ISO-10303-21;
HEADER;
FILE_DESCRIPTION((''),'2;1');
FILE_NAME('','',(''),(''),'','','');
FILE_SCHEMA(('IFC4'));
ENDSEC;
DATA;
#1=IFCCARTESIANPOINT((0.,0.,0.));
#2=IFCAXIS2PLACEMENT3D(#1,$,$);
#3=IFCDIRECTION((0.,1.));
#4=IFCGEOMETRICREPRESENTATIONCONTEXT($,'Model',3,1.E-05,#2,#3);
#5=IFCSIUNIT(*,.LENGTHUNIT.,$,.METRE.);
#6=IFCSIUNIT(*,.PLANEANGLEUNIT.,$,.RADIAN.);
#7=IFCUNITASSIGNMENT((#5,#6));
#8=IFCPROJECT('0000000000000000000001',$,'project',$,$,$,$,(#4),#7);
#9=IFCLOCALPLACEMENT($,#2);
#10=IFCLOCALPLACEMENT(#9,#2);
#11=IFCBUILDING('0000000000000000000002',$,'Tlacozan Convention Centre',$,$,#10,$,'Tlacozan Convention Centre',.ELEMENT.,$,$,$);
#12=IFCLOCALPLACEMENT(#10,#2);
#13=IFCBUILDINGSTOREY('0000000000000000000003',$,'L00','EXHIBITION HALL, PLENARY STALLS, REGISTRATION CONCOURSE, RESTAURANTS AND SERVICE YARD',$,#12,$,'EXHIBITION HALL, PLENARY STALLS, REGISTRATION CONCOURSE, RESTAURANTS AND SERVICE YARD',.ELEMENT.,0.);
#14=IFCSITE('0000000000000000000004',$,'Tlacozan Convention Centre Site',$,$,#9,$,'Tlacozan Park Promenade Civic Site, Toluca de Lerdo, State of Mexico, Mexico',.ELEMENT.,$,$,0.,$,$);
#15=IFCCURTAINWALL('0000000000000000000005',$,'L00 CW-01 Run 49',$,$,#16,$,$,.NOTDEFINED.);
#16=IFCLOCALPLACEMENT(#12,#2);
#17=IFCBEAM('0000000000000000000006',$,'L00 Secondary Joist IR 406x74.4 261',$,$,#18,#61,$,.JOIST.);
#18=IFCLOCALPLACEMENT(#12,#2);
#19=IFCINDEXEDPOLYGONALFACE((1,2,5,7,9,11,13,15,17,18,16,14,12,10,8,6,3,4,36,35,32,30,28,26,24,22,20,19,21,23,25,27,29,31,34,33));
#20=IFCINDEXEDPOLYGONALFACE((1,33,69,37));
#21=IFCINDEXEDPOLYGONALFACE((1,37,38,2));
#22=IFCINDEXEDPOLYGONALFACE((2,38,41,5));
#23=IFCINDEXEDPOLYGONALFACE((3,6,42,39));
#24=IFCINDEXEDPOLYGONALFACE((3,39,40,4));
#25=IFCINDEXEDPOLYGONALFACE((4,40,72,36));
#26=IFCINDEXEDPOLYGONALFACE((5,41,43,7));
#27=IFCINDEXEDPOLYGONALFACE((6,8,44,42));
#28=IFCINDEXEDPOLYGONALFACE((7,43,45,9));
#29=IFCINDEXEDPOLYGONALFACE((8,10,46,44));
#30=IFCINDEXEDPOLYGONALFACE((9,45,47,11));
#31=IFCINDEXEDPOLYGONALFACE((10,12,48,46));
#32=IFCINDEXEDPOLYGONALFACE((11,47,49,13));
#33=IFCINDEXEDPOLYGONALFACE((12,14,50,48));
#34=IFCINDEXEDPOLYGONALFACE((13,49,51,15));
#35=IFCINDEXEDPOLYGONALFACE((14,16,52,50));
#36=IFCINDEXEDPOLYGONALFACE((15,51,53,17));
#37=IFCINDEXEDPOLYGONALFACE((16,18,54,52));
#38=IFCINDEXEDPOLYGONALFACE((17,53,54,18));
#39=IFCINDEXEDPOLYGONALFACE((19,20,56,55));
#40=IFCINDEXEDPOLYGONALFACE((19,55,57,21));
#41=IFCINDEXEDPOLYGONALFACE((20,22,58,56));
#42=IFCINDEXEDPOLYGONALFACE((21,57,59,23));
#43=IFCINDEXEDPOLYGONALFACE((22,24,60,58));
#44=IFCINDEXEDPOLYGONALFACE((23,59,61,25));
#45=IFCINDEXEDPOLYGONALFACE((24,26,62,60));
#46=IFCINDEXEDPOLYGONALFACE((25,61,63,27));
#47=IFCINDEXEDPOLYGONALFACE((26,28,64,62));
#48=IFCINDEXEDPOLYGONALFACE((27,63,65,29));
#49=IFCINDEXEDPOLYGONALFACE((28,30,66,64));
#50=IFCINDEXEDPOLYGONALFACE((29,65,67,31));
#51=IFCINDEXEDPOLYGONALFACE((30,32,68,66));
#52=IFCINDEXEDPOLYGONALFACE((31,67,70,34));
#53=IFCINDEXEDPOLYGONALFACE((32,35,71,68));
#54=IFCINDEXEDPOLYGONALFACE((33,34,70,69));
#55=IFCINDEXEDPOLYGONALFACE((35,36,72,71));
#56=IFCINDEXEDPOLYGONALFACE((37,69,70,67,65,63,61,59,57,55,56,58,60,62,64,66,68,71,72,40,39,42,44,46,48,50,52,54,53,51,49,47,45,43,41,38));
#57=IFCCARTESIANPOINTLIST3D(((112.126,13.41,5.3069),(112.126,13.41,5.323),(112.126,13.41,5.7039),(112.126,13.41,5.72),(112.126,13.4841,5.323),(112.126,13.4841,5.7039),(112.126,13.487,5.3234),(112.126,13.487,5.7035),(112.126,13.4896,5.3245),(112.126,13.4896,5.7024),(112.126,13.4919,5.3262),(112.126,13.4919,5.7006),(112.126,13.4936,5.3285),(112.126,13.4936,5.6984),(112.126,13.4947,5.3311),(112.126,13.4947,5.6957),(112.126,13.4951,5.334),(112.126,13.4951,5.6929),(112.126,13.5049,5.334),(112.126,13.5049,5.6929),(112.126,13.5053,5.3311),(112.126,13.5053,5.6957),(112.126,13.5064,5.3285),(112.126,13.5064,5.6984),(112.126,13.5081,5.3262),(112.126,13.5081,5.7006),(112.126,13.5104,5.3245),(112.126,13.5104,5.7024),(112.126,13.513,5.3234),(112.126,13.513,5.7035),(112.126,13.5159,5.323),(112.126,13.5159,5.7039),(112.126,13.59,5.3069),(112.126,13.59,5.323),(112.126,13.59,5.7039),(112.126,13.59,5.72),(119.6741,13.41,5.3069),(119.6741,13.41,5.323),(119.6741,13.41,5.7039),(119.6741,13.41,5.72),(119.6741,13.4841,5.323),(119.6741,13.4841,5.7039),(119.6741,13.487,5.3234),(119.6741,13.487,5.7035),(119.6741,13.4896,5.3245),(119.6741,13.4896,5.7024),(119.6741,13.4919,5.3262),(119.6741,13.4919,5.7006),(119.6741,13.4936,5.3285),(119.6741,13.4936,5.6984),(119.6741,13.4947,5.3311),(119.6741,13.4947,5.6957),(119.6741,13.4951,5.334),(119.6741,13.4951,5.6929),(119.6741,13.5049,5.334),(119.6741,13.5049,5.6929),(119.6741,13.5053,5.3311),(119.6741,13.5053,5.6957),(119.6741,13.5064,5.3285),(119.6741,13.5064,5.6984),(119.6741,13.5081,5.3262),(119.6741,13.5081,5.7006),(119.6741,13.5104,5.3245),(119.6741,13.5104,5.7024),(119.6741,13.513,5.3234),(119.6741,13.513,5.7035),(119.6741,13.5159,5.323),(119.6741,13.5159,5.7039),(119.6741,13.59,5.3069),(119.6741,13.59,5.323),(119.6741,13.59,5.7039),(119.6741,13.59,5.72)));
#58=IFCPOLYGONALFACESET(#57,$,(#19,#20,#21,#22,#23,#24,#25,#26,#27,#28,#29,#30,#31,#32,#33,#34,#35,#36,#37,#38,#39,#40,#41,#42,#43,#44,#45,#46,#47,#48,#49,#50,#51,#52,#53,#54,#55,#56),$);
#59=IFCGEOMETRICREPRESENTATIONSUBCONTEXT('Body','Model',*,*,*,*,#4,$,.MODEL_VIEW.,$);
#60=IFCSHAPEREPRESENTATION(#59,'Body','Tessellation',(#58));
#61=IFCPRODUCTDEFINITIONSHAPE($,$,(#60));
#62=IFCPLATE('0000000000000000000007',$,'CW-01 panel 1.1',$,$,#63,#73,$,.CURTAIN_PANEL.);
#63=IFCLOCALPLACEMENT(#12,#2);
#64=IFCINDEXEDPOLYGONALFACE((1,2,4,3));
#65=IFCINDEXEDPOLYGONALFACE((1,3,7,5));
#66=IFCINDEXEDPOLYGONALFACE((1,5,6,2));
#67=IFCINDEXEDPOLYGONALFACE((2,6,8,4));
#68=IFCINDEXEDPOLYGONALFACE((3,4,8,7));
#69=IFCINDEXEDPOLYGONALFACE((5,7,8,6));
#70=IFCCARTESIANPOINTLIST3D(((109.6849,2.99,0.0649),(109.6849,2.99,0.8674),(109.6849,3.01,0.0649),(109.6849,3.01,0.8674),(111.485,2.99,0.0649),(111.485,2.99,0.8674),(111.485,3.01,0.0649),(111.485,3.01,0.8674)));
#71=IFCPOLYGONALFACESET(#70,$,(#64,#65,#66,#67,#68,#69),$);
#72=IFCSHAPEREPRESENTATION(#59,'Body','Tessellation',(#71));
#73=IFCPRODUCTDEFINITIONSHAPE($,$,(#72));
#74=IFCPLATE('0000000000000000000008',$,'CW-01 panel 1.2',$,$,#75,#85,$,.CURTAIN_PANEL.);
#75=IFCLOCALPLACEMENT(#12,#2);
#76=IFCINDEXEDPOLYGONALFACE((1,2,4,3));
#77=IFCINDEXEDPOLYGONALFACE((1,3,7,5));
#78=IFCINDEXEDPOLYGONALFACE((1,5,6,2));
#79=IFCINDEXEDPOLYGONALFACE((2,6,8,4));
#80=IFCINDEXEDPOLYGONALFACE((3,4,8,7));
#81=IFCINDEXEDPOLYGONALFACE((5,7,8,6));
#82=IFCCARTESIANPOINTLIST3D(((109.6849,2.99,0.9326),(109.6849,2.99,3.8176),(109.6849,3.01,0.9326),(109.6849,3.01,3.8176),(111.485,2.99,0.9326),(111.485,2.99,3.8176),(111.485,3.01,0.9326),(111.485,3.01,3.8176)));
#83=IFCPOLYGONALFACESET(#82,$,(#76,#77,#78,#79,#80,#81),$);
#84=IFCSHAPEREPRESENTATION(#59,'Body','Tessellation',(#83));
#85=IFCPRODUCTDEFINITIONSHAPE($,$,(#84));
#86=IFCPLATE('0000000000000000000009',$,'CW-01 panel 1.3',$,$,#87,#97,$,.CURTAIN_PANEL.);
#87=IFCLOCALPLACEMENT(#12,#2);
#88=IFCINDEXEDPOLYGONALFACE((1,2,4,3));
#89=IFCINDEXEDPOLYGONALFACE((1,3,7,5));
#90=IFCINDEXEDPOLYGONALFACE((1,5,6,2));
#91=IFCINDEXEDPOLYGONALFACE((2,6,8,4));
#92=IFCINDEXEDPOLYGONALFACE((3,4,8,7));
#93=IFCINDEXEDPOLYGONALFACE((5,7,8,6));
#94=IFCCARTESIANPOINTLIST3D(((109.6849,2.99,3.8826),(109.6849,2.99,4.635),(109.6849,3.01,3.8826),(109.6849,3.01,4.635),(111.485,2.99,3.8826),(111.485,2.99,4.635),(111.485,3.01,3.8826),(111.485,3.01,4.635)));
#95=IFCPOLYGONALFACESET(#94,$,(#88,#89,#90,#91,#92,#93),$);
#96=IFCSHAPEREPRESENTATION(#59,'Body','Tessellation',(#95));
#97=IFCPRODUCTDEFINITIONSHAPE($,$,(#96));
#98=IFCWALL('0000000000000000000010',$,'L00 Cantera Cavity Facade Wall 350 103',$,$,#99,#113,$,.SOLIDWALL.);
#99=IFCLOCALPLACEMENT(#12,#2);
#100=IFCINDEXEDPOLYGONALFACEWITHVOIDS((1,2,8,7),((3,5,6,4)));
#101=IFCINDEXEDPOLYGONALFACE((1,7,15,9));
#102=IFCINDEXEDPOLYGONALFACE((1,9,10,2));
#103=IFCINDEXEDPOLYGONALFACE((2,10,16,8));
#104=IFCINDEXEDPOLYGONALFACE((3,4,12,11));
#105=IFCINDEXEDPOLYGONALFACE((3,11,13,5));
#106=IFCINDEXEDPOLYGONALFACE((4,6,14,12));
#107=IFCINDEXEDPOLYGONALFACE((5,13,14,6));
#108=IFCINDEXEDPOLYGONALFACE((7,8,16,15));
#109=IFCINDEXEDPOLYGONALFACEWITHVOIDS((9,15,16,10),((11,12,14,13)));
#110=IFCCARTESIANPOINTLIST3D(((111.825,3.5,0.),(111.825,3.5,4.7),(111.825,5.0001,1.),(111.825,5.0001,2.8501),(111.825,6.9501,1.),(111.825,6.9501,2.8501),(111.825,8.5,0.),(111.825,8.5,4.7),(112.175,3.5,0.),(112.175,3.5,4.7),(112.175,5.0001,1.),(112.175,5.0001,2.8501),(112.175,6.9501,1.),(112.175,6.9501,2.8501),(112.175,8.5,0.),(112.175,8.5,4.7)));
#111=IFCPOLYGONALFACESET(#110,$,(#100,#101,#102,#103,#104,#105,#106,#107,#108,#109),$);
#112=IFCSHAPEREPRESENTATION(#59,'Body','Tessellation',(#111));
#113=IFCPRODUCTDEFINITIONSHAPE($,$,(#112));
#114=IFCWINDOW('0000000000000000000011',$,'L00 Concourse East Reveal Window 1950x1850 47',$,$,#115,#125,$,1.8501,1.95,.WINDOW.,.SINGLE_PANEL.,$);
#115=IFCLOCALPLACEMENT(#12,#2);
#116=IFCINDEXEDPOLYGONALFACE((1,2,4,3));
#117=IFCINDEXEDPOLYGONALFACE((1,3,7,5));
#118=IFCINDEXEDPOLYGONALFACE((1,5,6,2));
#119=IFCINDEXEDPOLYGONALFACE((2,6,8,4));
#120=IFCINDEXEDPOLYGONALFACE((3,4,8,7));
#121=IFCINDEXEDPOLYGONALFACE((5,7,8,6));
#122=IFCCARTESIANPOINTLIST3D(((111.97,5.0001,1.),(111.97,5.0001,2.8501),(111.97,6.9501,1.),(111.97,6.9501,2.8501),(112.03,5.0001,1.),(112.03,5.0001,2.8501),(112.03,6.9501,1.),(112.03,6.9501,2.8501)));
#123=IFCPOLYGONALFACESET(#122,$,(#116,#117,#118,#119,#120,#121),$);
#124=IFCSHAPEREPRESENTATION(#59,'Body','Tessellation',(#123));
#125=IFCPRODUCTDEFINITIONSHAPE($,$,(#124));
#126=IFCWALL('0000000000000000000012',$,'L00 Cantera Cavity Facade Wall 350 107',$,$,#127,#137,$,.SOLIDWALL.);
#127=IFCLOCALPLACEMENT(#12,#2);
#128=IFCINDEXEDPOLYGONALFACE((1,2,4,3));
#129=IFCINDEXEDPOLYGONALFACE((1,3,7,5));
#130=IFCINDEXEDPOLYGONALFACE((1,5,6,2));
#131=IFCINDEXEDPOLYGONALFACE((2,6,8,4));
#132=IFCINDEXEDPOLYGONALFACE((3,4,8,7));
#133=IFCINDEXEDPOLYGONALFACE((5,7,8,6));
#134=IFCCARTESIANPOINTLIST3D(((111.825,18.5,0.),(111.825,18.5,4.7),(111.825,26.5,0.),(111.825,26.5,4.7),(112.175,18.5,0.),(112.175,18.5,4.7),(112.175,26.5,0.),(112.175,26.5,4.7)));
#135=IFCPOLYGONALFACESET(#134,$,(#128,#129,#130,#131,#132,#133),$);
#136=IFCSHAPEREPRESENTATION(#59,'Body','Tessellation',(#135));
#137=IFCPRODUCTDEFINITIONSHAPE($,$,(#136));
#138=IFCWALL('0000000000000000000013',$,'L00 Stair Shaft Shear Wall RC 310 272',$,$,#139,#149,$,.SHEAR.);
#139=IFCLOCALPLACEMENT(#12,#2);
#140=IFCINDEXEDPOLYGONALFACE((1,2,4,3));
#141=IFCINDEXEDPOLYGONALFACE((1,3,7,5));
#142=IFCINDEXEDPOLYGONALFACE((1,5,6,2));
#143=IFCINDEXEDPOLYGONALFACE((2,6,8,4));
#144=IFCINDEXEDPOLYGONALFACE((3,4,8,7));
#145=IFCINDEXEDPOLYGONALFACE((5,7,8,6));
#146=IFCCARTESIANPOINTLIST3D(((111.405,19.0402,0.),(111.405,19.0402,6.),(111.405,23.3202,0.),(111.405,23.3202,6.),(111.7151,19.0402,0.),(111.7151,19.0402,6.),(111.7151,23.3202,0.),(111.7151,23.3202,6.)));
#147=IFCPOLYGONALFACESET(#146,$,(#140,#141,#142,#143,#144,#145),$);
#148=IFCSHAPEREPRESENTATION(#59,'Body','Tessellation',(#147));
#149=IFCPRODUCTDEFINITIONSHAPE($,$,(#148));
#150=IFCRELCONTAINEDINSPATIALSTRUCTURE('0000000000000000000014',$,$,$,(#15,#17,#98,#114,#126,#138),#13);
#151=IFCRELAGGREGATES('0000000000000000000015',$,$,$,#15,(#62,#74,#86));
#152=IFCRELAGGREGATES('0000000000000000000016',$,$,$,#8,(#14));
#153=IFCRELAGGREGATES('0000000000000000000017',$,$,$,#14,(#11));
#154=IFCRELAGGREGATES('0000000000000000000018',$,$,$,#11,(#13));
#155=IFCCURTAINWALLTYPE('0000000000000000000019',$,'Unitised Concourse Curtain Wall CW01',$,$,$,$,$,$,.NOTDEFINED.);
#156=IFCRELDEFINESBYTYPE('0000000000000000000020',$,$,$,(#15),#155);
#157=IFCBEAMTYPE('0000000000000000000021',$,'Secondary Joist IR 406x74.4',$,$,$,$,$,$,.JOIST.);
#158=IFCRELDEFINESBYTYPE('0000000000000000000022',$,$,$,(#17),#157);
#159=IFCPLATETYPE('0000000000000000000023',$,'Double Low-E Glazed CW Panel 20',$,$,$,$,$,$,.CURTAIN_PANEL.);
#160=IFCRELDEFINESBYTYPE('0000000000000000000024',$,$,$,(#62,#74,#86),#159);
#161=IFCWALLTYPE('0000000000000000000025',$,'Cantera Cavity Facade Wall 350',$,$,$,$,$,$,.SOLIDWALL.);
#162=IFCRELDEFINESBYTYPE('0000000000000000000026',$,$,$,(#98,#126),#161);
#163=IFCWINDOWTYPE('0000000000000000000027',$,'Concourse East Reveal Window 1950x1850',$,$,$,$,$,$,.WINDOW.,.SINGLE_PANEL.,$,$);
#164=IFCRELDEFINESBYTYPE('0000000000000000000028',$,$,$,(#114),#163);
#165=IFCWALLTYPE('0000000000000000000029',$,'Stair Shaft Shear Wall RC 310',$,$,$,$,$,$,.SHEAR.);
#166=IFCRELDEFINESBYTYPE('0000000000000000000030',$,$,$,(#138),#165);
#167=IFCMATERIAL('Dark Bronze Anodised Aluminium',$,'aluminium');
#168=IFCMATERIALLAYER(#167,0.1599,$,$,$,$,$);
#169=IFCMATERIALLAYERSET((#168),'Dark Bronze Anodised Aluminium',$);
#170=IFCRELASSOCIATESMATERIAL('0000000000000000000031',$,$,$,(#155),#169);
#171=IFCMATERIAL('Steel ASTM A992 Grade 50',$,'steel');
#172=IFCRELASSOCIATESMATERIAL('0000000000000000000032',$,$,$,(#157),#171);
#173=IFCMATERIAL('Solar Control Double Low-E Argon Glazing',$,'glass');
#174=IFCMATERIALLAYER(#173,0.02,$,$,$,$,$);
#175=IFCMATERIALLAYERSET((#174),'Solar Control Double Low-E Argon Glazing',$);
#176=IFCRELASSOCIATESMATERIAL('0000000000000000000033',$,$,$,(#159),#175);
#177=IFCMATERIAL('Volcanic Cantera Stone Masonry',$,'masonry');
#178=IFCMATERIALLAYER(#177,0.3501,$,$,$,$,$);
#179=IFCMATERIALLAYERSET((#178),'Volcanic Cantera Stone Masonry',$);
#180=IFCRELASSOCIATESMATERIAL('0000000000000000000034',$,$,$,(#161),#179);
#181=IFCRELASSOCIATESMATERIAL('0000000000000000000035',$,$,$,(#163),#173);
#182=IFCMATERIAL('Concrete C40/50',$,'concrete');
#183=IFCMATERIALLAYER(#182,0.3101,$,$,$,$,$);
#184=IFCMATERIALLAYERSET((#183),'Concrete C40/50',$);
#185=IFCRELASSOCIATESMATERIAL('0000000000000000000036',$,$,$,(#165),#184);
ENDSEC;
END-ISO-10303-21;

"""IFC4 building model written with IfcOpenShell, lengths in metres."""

from ifc_helpers import new_model, si_unit, direction, frame, frame_2d, origin, origin_2d, place, context, subcontext, project, spatial, rectangle, i_section, extrude, material, layer, layer_set, material_profile, profile_set, type_object, element, fill, aggregate, save


model = new_model("IFC4")

# Units and contexts
model_context = context("Model", 3, precision=1e-05, world=origin(), true_north=direction((0.0, 1.0)))
body_context = subcontext(model_context, "Body", "Model", "MODEL_VIEW")
ifc_project = project(units=[si_unit("LENGTHUNIT", "METRE"), si_unit("PLANEANGLEUNIT", "RADIAN")], contexts=[model_context])

# Site, building, storey
site_placement = place(None, origin())
site = spatial("IfcSite", under=ifc_project, at=site_placement, Name="Tlacozan Convention Centre Site", LongName="Tlacozan Park Promenade Civic Site, Toluca de Lerdo, State of Mexico, Mexico", CompositionType="ELEMENT", RefElevation=0.0)
building_placement = place(site_placement, origin())
building = spatial("IfcBuilding", under=site, at=building_placement, Name="Tlacozan Convention Centre", LongName="Tlacozan Convention Centre", CompositionType="ELEMENT")
storey_placement = place(building_placement, origin())
storey = spatial("IfcBuildingStorey", under=building, at=storey_placement, Name="L00", Description="EXHIBITION HALL, PLENARY STALLS, REGISTRATION CONCOURSE, RESTAURANTS AND SERVICE YARD", LongName="EXHIBITION HALL, PLENARY STALLS, REGISTRATION CONCOURSE, RESTAURANTS AND SERVICE YARD", CompositionType="ELEMENT", Elevation=0.0)

# Shared definitions
ifc_material_1 = material(Name="Concrete C40/50", Category="concrete")

# Shared definitions
ifc_material_2 = material(Name="Steel ASTM A992 Grade 50", Category="steel")

# Curtain wall
ifc_material_3 = material(Name="Dark Bronze Anodised Aluminium", Category="aluminium")
ifc_layer_1 = layer(ifc_material_3, 0.1599)
ifc_layer_set_1 = layer_set([ifc_layer_1], Name="Dark Bronze Anodised Aluminium")
curtain_wall_type = type_object("IfcCurtainWallType", Name="Unitised Concourse Curtain Wall CW01", PredefinedType="NOTDEFINED", material=ifc_layer_set_1)
curtain_wall_placement = place(storey_placement, origin())
curtain_wall = element("IfcCurtainWall", 1, at=curtain_wall_placement, inside=storey, type_object=curtain_wall_type, Name="L00 CW-01 Run 49", PredefinedType="NOTDEFINED")

# Beam
ifc_material_profile_1 = material_profile(ifc_material_2, i_section(OverallWidth=0.1799, OverallDepth=0.4131, WebThickness=0.0098, FlangeThickness=0.0161, FilletRadius=0.011, at=origin_2d()), Name="IR 406x74.4")
ifc_profile_set_1 = profile_set([ifc_material_profile_1], Name="Steel ASTM A992 Grade 50")
beam_type_1 = type_object("IfcBeamType", Name="Secondary Joist IR 406x74.4", PredefinedType="JOIST", material=ifc_profile_set_1)
for number, where, z_axis, x_axis, name in (
    (2, (112.126, 13.5, 5.5134), (1.0, 0.0, 0.0), (0.0, 1.0, 0.0), "L00 Secondary Joist IR 406x74.4 261"),
):
    element("IfcBeam", number, at=place(storey_placement, frame(where, z_axis=z_axis, x_axis=x_axis)), inside=storey, type_object=beam_type_1, Name=name, PredefinedType="JOIST", context=body_context, shape_type="SweptSolid", body=[
        extrude(i_section(OverallWidth=0.1799, OverallDepth=0.4131, WebThickness=0.0098, FlangeThickness=0.0161, FilletRadius=0.011, at=origin_2d()), origin(), (0.0, 0.0, 1.0), 7.5481),
    ])

# Plates
ifc_material_4 = material(Name="Solar Control Double Low-E Argon Glazing", Category="glass")
ifc_layer_2 = layer(ifc_material_4, 0.02)
ifc_layer_set_2 = layer_set([ifc_layer_2], Name="Solar Control Double Low-E Argon Glazing")
plate_type = type_object("IfcPlateType", Name="Double Low-E Glazed CW Panel 20", PredefinedType="CURTAIN_PANEL", material=ifc_layer_set_2)
plate_1_placement = place(storey_placement, frame((110.585, 3.0, 0.0649), z_axis=(0.0, 0.0, 1.0), x_axis=(1.0, 0.0, 0.0)))
plate_1 = element("IfcPlate", 3, at=plate_1_placement, type_object=plate_type, Name="CW-01 panel 1.1", PredefinedType="CURTAIN_PANEL", context=body_context, shape_type="SweptSolid", body=[
    extrude(rectangle(XDim=1.8, YDim=0.02, at=origin_2d()), origin(), (0.0, 0.0, 1.0), 0.8025),
])
plate_2_placement = place(storey_placement, frame((110.585, 3.0, 0.9326), z_axis=(0.0, 0.0, 1.0), x_axis=(1.0, 0.0, 0.0)))
plate_2 = element("IfcPlate", 4, at=plate_2_placement, type_object=plate_type, Name="CW-01 panel 1.2", PredefinedType="CURTAIN_PANEL", context=body_context, shape_type="SweptSolid", body=[
    extrude(rectangle(XDim=1.8, YDim=0.02, at=origin_2d()), origin(), (0.0, 0.0, 1.0), 2.885),
])
plate_3_placement = place(storey_placement, frame((110.585, 3.0, 3.8826), z_axis=(0.0, 0.0, 1.0), x_axis=(1.0, 0.0, 0.0)))
plate_3 = element("IfcPlate", 5, at=plate_3_placement, type_object=plate_type, Name="CW-01 panel 1.3", PredefinedType="CURTAIN_PANEL", context=body_context, shape_type="SweptSolid", body=[
    extrude(rectangle(XDim=1.8, YDim=0.02, at=origin_2d()), origin(), (0.0, 0.0, 1.0), 0.7524),
])
aggregate(curtain_wall, [plate_1, plate_2, plate_3])

# Wall, opening, window
ifc_material_5 = material(Name="Volcanic Cantera Stone Masonry", Category="masonry")
ifc_layer_3 = layer(ifc_material_5, 0.3501)
ifc_layer_set_3 = layer_set([ifc_layer_3], Name="Volcanic Cantera Stone Masonry")
wall_type_1 = type_object("IfcWallType", Name="Cantera Cavity Facade Wall 350", PredefinedType="SOLIDWALL", material=ifc_layer_set_3)
wall_1_placement = place(storey_placement, frame((112.0, 3.5, 0.0), z_axis=(0.0, 0.0, 1.0), x_axis=(0.0, 1.0, 0.0)))
wall_1 = element("IfcWall", 6, at=wall_1_placement, inside=storey, type_object=wall_type_1, Name="L00 Cantera Cavity Facade Wall 350 103", PredefinedType="SOLIDWALL", context=body_context, shape_type="SweptSolid", body=[
    extrude(rectangle(XDim=5.0, YDim=0.3501, at=frame_2d((2.5, 0.0))), origin(), (0.0, 0.0, 1.0), 4.7),
])
opening_1_placement = place(wall_1_placement, frame((1.5, 0.0, 1.0)))
opening_1 = element("IfcOpeningElement", 7, at=opening_1_placement, cuts=wall_1, PredefinedType="OPENING", context=body_context, shape_type="SweptSolid", body=[
    extrude(rectangle(XDim=1.95, YDim=1.8501, at=frame_2d((0.9751, 0.925))), frame((0.0, 0.1851, 0.0), z_axis=(0.0, -1.0, 0.0), x_axis=(1.0, 0.0, 0.0)), (0.0, 0.0, 1.0), 0.3701),
])
window_type = type_object("IfcWindowType", Name="Concourse East Reveal Window 1950x1850", PartitioningType="SINGLE_PANEL", PredefinedType="WINDOW", material=ifc_material_4)
window_placement = place(opening_1_placement, origin())
window = element("IfcWindow", 8, at=window_placement, inside=storey, type_object=window_type, Name="L00 Concourse East Reveal Window 1950x1850 47", OverallHeight=1.8501, OverallWidth=1.95, PartitioningType="SINGLE_PANEL", PredefinedType="WINDOW", context=body_context, shape_type="SweptSolid", body=[
    extrude(rectangle(XDim=1.95, YDim=1.8501, at=frame_2d((0.9751, 0.925))), frame((0.0, 0.03, 0.0), z_axis=(0.0, -1.0, 0.0), x_axis=(1.0, 0.0, 0.0)), (0.0, 0.0, 1.0), 0.0601),
])
fill(opening_1, window)

# Walls
wall_2_placement = place(storey_placement, frame((112.0, 18.5, 0.0), z_axis=(0.0, 0.0, 1.0), x_axis=(0.0, 1.0, 0.0)))
element("IfcWall", 9, at=wall_2_placement, inside=storey, type_object=wall_type_1, Name="L00 Cantera Cavity Facade Wall 350 107", PredefinedType="SOLIDWALL", context=body_context, shape_type="SweptSolid", body=[
    extrude(rectangle(XDim=8.0, YDim=0.3501, at=frame_2d((4.0, 0.0))), origin(), (0.0, 0.0, 1.0), 4.7),
])
ifc_layer_4 = layer(ifc_material_1, 0.3101)
ifc_layer_set_4 = layer_set([ifc_layer_4], Name="Concrete C40/50")
wall_type_2 = type_object("IfcWallType", Name="Stair Shaft Shear Wall RC 310", PredefinedType="SHEAR", material=ifc_layer_set_4)
wall_3_placement = place(storey_placement, frame((111.5601, 19.04, 0.0), z_axis=(0.0, 0.0, 1.0), x_axis=(0.0, 1.0, 0.0)))
element("IfcWall", 10, at=wall_3_placement, inside=storey, type_object=wall_type_2, Name="L00 Stair Shaft Shear Wall RC 310 272", PredefinedType="SHEAR", context=body_context, shape_type="SweptSolid", body=[
    extrude(rectangle(XDim=4.28, YDim=0.3101, at=frame_2d((2.1401, 0.0))), origin(), (0.0, 0.0, 1.0), 6.0),
])

save(model, "model.ifc")
